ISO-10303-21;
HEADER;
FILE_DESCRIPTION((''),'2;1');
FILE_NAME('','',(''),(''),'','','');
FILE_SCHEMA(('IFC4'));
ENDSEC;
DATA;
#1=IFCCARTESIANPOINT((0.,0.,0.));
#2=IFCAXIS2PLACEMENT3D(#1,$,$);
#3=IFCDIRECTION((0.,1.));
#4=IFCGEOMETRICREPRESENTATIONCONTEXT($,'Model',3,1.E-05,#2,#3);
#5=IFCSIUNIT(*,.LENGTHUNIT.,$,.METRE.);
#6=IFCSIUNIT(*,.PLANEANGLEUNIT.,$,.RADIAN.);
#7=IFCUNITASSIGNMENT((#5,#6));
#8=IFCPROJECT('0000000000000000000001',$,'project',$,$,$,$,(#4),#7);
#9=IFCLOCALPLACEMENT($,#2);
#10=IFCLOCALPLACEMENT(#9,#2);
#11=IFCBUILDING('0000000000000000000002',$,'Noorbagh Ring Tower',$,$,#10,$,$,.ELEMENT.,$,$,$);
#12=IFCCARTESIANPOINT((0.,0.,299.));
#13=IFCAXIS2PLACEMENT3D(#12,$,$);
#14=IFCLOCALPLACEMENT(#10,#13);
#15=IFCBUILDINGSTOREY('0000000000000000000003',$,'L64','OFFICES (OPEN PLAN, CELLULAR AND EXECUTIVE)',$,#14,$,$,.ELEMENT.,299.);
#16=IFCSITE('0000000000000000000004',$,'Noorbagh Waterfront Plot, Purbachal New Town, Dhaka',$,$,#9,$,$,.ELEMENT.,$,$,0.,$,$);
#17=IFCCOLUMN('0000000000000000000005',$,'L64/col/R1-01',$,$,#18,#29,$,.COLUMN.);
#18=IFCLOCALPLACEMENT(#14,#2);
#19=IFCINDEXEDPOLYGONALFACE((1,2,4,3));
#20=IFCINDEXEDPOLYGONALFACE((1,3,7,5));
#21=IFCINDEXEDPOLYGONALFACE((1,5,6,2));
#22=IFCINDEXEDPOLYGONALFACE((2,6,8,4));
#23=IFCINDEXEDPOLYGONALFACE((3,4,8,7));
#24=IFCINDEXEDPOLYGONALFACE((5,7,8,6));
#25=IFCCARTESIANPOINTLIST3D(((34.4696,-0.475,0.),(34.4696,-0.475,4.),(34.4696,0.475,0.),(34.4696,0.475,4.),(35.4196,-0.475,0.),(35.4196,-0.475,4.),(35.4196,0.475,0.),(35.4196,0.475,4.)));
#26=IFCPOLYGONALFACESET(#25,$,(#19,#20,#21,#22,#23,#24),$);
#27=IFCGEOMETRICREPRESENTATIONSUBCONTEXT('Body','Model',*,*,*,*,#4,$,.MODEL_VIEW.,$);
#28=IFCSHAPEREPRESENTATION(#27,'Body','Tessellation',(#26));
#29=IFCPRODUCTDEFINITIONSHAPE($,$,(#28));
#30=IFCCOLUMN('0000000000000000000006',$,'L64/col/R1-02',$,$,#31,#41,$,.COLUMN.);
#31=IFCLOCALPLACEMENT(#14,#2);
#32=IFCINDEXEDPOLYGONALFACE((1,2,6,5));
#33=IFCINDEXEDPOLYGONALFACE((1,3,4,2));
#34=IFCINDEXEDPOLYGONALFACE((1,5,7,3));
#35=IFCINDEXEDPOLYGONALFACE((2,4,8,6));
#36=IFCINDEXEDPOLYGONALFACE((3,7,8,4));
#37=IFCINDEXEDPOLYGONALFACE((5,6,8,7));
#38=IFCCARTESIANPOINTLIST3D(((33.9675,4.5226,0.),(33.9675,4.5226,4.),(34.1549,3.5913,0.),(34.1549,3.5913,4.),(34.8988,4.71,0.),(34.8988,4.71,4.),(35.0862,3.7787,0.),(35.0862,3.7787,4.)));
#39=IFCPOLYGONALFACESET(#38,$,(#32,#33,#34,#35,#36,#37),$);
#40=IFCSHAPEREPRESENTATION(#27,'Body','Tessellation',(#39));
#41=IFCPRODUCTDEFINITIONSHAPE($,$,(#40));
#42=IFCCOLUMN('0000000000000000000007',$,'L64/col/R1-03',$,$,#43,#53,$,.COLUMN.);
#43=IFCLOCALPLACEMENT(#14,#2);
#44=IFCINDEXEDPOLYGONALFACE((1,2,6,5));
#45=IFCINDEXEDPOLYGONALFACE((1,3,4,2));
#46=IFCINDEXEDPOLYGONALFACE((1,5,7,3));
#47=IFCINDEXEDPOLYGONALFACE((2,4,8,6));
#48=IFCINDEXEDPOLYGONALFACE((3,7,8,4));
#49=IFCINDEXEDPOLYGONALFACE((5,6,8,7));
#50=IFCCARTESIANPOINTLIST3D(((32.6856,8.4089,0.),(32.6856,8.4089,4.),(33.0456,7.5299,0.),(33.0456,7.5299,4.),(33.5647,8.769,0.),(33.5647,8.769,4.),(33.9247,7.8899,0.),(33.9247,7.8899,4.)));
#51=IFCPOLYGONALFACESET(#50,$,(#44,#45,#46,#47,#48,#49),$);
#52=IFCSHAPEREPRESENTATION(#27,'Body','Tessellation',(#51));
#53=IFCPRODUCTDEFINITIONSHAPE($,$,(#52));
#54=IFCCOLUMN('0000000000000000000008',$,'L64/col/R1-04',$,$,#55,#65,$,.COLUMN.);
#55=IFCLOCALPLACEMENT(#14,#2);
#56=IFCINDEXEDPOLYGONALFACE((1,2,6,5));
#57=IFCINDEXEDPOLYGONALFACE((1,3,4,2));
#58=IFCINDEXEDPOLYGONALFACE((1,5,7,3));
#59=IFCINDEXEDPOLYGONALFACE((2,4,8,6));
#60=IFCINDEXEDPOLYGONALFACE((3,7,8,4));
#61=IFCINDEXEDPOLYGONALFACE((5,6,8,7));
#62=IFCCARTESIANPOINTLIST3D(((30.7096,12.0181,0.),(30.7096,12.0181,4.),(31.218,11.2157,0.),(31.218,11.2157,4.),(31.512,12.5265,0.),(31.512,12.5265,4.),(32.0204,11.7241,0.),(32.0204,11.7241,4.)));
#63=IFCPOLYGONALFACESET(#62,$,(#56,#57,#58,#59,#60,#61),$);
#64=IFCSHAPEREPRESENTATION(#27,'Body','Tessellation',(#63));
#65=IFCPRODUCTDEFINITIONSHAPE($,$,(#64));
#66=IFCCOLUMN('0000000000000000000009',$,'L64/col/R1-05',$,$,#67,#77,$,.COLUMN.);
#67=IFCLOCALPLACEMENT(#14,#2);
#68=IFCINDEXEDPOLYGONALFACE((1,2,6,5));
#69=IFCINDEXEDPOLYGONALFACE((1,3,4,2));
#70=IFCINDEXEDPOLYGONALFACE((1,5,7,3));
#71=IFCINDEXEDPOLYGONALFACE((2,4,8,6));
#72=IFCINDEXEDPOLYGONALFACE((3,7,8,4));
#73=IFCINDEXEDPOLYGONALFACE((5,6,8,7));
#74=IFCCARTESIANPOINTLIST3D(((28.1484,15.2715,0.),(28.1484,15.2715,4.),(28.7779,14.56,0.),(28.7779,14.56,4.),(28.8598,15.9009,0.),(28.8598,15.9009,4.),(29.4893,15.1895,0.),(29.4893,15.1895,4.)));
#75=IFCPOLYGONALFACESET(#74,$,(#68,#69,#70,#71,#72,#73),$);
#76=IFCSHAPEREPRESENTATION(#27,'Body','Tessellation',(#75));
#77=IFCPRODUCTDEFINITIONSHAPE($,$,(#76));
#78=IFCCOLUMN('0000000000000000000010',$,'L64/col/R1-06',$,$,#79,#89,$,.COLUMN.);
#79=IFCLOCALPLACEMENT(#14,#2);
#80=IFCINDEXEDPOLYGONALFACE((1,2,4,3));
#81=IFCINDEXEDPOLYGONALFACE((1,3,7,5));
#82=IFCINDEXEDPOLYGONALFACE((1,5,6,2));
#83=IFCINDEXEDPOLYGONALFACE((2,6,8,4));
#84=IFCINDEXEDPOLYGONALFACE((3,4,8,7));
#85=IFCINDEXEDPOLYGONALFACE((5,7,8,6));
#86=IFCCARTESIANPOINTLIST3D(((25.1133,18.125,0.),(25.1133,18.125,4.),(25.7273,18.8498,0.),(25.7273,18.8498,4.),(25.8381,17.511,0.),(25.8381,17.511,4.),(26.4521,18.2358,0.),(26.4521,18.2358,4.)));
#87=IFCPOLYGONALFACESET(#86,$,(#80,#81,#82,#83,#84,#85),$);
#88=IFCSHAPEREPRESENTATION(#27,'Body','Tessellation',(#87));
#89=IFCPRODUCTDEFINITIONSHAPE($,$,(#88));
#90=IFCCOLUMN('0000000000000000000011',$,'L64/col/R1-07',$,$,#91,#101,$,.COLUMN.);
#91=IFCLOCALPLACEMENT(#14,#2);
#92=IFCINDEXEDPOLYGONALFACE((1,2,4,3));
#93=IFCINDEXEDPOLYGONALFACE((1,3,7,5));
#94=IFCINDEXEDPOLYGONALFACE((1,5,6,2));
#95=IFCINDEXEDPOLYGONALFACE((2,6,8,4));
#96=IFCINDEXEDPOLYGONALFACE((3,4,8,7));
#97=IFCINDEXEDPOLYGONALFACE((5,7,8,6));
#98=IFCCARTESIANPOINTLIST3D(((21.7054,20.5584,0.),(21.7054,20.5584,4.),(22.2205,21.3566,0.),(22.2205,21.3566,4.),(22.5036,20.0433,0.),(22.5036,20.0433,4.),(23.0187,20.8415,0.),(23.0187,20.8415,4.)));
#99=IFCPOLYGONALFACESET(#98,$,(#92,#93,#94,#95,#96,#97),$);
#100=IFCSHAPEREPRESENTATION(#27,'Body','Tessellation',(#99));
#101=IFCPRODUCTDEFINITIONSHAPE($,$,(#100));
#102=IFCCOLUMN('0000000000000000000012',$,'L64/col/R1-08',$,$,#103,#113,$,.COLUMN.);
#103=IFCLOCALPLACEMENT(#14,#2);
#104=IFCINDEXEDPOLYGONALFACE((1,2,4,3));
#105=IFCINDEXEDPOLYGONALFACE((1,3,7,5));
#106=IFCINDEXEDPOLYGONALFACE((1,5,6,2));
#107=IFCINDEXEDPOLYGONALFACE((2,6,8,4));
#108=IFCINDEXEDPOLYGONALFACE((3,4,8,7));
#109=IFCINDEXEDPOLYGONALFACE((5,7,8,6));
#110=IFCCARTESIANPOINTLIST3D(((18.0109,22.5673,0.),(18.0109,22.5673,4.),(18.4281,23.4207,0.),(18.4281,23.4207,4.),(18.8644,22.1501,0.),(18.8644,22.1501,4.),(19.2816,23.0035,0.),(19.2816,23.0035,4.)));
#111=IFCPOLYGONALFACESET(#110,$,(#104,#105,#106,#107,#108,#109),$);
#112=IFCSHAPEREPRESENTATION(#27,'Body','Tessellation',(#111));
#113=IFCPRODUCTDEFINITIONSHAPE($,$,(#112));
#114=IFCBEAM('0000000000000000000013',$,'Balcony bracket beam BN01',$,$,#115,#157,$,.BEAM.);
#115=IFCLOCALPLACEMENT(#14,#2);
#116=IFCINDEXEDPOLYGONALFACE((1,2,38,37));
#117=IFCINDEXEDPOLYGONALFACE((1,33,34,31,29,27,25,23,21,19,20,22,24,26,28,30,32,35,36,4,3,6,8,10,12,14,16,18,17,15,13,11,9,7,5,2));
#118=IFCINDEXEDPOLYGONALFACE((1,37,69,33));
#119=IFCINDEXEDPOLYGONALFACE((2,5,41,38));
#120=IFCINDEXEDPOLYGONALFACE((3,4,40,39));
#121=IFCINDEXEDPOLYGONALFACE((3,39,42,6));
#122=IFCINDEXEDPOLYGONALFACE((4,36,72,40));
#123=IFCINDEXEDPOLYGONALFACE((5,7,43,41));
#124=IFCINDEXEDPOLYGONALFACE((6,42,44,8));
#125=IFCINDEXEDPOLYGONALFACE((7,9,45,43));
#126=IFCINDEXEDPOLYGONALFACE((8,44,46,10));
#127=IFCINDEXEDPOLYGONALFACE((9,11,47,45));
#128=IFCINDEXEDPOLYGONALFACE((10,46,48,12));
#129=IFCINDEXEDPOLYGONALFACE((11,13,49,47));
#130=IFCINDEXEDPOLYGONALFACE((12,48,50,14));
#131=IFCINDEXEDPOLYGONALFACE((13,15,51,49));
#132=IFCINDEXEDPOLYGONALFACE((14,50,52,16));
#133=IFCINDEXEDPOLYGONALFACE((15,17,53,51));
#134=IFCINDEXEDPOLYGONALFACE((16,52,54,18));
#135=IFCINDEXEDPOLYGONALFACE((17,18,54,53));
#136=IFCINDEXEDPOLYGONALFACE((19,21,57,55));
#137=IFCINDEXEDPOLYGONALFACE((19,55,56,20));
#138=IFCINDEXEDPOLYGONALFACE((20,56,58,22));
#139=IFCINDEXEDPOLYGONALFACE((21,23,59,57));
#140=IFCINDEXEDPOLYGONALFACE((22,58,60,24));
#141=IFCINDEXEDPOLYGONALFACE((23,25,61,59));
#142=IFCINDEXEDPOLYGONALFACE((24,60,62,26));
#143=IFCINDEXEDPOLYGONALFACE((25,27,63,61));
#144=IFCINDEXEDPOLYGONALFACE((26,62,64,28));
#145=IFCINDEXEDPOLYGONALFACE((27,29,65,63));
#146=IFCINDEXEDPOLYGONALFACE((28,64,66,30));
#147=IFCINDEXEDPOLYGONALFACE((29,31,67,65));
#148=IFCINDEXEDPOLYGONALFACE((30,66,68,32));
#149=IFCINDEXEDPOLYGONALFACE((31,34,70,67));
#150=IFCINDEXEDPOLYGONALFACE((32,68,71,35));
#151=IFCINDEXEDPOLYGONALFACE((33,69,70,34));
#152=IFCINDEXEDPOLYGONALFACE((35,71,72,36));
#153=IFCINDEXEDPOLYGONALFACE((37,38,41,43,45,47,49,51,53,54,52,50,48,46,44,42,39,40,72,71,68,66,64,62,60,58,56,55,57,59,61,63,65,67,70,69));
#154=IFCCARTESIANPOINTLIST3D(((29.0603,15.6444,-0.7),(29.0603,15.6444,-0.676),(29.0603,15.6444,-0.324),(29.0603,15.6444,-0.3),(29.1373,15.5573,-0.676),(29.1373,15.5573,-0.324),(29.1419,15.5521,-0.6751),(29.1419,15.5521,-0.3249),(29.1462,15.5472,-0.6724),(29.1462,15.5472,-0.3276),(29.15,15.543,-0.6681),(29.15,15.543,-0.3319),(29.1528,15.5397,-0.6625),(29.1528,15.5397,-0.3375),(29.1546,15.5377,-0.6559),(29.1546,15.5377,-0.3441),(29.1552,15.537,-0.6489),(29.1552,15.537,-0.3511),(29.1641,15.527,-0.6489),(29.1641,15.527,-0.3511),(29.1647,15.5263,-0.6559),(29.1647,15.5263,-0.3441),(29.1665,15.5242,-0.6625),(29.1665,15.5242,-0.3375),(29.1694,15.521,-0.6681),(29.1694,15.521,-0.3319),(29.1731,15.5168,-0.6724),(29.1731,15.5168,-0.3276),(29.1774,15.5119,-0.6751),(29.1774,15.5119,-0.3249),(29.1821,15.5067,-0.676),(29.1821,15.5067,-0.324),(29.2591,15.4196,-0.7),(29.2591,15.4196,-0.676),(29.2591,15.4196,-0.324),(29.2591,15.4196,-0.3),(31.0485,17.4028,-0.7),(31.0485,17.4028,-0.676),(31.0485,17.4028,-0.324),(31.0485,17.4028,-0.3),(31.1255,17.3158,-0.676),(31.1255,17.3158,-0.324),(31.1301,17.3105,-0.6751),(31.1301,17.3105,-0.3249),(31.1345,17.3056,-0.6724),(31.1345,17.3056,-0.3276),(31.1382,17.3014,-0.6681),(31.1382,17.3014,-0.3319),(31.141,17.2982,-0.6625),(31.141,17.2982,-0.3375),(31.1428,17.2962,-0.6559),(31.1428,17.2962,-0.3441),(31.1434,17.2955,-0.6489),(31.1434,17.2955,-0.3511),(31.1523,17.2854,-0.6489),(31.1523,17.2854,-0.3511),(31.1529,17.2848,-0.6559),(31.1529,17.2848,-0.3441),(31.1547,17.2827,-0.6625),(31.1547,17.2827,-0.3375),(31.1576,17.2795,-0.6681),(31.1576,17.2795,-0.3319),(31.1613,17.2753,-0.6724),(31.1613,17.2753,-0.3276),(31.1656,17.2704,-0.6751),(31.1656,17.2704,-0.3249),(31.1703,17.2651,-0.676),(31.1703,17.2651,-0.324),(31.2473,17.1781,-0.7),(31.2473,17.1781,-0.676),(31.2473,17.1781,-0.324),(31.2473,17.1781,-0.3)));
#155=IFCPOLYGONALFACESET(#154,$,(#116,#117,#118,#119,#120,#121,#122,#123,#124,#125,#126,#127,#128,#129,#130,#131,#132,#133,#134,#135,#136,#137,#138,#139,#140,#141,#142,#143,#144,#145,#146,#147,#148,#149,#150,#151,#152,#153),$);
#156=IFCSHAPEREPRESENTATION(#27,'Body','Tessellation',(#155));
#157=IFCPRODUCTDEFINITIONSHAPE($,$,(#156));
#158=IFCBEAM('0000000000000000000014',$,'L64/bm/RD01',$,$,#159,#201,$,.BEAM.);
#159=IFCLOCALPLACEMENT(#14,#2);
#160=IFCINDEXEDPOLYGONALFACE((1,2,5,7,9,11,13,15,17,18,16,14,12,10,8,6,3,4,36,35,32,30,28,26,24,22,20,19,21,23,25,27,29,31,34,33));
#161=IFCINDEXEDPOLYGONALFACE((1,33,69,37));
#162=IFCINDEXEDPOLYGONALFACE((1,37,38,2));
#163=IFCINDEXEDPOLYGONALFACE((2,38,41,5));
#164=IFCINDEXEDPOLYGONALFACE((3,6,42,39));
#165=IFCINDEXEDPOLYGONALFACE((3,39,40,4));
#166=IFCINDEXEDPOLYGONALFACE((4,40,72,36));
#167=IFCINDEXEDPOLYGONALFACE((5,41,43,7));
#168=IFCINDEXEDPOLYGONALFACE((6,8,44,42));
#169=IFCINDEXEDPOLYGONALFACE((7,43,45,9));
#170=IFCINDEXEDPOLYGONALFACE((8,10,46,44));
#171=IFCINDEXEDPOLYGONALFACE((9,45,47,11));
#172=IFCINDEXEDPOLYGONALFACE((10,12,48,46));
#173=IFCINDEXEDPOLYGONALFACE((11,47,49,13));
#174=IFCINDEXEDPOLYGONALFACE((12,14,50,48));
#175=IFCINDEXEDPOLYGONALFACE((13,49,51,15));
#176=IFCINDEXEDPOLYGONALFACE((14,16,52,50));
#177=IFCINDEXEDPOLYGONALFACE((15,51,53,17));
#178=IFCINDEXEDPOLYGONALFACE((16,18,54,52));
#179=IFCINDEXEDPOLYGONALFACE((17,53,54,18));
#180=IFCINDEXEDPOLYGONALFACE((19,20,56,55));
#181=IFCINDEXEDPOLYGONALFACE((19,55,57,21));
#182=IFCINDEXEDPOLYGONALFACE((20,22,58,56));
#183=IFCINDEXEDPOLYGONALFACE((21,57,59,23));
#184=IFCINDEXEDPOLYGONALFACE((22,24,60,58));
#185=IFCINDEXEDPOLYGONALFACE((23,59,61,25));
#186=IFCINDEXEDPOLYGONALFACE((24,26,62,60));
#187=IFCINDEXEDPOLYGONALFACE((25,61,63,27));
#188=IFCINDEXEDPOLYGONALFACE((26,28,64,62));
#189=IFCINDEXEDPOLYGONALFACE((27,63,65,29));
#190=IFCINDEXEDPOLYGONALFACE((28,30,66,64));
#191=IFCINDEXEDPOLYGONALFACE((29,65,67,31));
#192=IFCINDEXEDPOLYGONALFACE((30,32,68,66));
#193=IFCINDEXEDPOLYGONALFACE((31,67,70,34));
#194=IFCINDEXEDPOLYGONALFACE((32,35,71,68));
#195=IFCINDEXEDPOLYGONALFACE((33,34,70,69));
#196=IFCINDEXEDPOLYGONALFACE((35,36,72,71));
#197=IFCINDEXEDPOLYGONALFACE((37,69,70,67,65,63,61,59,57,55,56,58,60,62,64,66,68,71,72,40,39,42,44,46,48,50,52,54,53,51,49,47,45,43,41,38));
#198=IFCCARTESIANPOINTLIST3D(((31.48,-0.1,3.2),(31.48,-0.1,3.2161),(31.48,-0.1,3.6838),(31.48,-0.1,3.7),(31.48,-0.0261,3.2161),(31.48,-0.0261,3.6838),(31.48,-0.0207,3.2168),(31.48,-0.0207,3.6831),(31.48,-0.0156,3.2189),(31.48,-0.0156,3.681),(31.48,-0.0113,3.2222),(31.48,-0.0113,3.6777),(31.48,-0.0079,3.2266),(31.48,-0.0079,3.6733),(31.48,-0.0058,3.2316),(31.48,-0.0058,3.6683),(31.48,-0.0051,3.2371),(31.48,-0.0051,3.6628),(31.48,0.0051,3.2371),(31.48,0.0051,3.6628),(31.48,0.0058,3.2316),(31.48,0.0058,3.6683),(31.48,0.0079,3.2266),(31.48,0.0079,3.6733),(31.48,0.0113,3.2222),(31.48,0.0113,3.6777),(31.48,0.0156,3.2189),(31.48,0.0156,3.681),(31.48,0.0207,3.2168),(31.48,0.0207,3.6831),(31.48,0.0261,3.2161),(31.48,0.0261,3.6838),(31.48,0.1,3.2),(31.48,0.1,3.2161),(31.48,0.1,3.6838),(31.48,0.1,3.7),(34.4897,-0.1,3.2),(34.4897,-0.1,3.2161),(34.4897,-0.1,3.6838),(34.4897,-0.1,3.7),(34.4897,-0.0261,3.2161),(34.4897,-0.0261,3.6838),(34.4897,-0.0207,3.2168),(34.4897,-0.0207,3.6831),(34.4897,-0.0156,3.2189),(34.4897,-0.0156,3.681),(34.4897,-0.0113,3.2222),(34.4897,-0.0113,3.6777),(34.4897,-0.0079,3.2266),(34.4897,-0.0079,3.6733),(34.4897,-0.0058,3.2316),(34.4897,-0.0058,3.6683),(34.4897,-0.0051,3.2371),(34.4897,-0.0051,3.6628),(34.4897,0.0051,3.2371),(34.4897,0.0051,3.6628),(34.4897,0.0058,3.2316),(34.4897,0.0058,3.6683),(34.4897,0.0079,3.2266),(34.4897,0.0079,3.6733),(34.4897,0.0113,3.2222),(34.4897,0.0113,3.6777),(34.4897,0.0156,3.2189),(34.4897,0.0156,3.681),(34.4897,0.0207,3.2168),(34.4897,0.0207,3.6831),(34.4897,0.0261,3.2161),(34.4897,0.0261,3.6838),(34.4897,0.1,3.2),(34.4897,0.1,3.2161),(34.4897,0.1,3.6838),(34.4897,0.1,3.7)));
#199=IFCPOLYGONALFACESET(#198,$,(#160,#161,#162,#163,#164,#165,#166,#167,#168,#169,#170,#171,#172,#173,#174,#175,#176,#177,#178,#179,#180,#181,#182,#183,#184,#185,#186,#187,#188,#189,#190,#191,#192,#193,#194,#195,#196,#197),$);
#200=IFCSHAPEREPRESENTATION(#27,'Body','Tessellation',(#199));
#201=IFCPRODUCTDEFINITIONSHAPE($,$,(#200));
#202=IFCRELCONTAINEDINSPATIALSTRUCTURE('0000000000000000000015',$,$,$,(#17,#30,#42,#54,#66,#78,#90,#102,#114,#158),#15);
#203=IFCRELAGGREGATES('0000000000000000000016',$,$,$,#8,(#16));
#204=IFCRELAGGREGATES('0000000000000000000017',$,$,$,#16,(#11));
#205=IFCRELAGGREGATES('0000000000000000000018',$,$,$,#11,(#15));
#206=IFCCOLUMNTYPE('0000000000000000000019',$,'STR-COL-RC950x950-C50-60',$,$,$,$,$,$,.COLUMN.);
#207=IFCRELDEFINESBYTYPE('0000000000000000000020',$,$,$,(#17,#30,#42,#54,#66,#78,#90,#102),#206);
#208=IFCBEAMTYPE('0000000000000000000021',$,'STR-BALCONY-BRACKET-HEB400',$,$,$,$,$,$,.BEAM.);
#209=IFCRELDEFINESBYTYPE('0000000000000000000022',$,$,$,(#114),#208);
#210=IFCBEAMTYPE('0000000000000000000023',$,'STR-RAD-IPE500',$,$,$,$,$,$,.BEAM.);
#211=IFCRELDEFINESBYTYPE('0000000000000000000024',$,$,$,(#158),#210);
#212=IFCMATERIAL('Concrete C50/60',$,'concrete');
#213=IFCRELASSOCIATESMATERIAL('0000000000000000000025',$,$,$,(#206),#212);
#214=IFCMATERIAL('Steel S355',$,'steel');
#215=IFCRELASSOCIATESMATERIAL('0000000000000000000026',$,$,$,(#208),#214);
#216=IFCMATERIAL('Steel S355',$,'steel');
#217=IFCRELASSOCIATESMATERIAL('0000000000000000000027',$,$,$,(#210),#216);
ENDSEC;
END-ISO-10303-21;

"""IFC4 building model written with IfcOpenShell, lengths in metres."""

from ifc_helpers import new_model, si_unit, direction, frame, origin, origin_2d, place, context, subcontext, project, spatial, rectangle, i_section, extrude, material, material_profile, profile_set, type_object, element, save


model = new_model("IFC4")

# Units and contexts
model_context = context("Model", 3, precision=1e-05, world=origin(), true_north=direction((0.0, 1.0)))
body_context = subcontext(model_context, "Body", "Model", "MODEL_VIEW")
ifc_project = project(units=[si_unit("LENGTHUNIT", "METRE"), si_unit("PLANEANGLEUNIT", "RADIAN")], contexts=[model_context])

# Site, building, storey
site_placement = place(None, origin())
site = spatial("IfcSite", under=ifc_project, at=site_placement, Name="Noorbagh Waterfront Plot, Purbachal New Town, Dhaka", CompositionType="ELEMENT", RefElevation=0.0)
building_placement = place(site_placement, origin())
building = spatial("IfcBuilding", under=site, at=building_placement, Name="Noorbagh Ring Tower", CompositionType="ELEMENT")
storey_placement = place(building_placement, frame((0.0, 0.0, 299.0)))
storey = spatial("IfcBuildingStorey", under=building, at=storey_placement, Name="L64", Description="OFFICES (OPEN PLAN, CELLULAR AND EXECUTIVE)", CompositionType="ELEMENT", Elevation=299.0)

# Columns
ifc_material_1 = material(Name="Concrete C50/60", Category="concrete")
ifc_material_profile_1 = material_profile(ifc_material_1, rectangle(XDim=0.95, YDim=0.95, at=origin_2d()), Name="RC950x950")
ifc_profile_set_1 = profile_set([ifc_material_profile_1], Name="Concrete C50/60")
column_type = type_object("IfcColumnType", Name="STR-COL-RC950x950-C50-60", PredefinedType="COLUMN", material=ifc_profile_set_1)
for number, where, z_axis, x_axis, name in (
    (1, (34.9446, 0.0, 0.0), (0.0, 0.0, 1.0), (0.0, 1.0, 0.0), "L64/col/R1-01"),
    (2, (34.5269, 4.1506, 0.0), (0.0, 0.0, 1.0), (-0.19723, 0.980357, 0.0), "L64/col/R1-02"),
    (3, (33.3052, 8.1494, 0.0), (0.0, 0.0, 1.0), (-0.378989, 0.925401, 0.0), "L64/col/R1-03"),
    (4, (31.365, 11.8711, 0.0), (0.0, 0.0, 1.0), (-0.53519, 0.844731, 0.0), "L64/col/R1-04"),
    (5, (28.8188, 15.2305, 0.0), (0.0, 0.0, 1.0), (-0.662636, 0.748942, 0.0), "L64/col/R1-05"),
    (6, (25.7827, 18.1804, 0.0), (0.0, 0.0, 1.0), (-0.763035, 0.646357, 0.0), "L64/col/R1-06"),
    (7, (22.3621, 20.7, 0.0), (0.0, 0.0, 1.0), (-0.840248, 0.542203, 0.0), "L64/col/R1-07"),
    (8, (18.6462, 22.7854, 0.0), (0.0, 0.0, 1.0), (-0.898399, 0.43918, 0.0), "L64/col/R1-08"),
):
    element("IfcColumn", number, at=place(storey_placement, frame(where, z_axis=z_axis, x_axis=x_axis)), inside=storey, type_object=column_type, Name=name, PredefinedType="COLUMN", context=body_context, shape_type="SweptSolid", body=[
        extrude(rectangle(XDim=0.95, YDim=0.95, at=origin_2d()), origin(), (0.0, 0.0, 1.0), 4.0),
    ])

# Beams
ifc_material_2 = material(Name="Steel S355", Category="steel")
ifc_material_profile_2 = material_profile(ifc_material_2, i_section(OverallWidth=0.3, OverallDepth=0.3999, WebThickness=0.0134, FlangeThickness=0.0239, FilletRadius=0.0271, at=origin_2d()), Name="HEB400")
ifc_profile_set_2 = profile_set([ifc_material_profile_2], Name="Steel S355")
beam_type_1 = type_object("IfcBeamType", Name="STR-BALCONY-BRACKET-HEB400", PredefinedType="BEAM", material=ifc_profile_set_2)
beam_1_placement = place(storey_placement, frame((29.1597, 15.532, -0.5), z_axis=(0.749056, 0.662506, 0.0), x_axis=(-0.662506, 0.749056, 0.0)))
element("IfcBeam", 9, at=beam_1_placement, inside=storey, type_object=beam_type_1, Name="Balcony bracket beam BN01", PredefinedType="BEAM", context=body_context, shape_type="SweptSolid", body=[
    extrude(i_section(OverallWidth=0.3, OverallDepth=0.3999, WebThickness=0.0134, FlangeThickness=0.0239, FilletRadius=0.0271, at=origin_2d()), origin(), (0.0, 0.0, 1.0), 2.6543),
])
ifc_material_3 = material(Name="Steel S355", Category="steel")
ifc_material_profile_3 = material_profile(ifc_material_3, i_section(OverallWidth=0.2, OverallDepth=0.5, WebThickness=0.0103, FlangeThickness=0.0161, FilletRadius=0.021, at=origin_2d()), Name="IPE500")
ifc_profile_set_3 = profile_set([ifc_material_profile_3], Name="Steel S355")
beam_type_2 = type_object("IfcBeamType", Name="STR-RAD-IPE500", PredefinedType="BEAM", material=ifc_profile_set_3)
beam_2_placement = place(storey_placement, frame((34.4897, 0.0, 3.45), z_axis=(-1.0, 0.0, 0.0), x_axis=(0.0, -1.0, 0.0)))
element("IfcBeam", 10, at=beam_2_placement, inside=storey, type_object=beam_type_2, Name="L64/bm/RD01", PredefinedType="BEAM", context=body_context, shape_type="SweptSolid", body=[
    extrude(i_section(OverallWidth=0.2, OverallDepth=0.5, WebThickness=0.0103, FlangeThickness=0.0161, FilletRadius=0.021, at=origin_2d()), origin(), (0.0, 0.0, 1.0), 3.0098),
])

save(model, "model.ifc")
